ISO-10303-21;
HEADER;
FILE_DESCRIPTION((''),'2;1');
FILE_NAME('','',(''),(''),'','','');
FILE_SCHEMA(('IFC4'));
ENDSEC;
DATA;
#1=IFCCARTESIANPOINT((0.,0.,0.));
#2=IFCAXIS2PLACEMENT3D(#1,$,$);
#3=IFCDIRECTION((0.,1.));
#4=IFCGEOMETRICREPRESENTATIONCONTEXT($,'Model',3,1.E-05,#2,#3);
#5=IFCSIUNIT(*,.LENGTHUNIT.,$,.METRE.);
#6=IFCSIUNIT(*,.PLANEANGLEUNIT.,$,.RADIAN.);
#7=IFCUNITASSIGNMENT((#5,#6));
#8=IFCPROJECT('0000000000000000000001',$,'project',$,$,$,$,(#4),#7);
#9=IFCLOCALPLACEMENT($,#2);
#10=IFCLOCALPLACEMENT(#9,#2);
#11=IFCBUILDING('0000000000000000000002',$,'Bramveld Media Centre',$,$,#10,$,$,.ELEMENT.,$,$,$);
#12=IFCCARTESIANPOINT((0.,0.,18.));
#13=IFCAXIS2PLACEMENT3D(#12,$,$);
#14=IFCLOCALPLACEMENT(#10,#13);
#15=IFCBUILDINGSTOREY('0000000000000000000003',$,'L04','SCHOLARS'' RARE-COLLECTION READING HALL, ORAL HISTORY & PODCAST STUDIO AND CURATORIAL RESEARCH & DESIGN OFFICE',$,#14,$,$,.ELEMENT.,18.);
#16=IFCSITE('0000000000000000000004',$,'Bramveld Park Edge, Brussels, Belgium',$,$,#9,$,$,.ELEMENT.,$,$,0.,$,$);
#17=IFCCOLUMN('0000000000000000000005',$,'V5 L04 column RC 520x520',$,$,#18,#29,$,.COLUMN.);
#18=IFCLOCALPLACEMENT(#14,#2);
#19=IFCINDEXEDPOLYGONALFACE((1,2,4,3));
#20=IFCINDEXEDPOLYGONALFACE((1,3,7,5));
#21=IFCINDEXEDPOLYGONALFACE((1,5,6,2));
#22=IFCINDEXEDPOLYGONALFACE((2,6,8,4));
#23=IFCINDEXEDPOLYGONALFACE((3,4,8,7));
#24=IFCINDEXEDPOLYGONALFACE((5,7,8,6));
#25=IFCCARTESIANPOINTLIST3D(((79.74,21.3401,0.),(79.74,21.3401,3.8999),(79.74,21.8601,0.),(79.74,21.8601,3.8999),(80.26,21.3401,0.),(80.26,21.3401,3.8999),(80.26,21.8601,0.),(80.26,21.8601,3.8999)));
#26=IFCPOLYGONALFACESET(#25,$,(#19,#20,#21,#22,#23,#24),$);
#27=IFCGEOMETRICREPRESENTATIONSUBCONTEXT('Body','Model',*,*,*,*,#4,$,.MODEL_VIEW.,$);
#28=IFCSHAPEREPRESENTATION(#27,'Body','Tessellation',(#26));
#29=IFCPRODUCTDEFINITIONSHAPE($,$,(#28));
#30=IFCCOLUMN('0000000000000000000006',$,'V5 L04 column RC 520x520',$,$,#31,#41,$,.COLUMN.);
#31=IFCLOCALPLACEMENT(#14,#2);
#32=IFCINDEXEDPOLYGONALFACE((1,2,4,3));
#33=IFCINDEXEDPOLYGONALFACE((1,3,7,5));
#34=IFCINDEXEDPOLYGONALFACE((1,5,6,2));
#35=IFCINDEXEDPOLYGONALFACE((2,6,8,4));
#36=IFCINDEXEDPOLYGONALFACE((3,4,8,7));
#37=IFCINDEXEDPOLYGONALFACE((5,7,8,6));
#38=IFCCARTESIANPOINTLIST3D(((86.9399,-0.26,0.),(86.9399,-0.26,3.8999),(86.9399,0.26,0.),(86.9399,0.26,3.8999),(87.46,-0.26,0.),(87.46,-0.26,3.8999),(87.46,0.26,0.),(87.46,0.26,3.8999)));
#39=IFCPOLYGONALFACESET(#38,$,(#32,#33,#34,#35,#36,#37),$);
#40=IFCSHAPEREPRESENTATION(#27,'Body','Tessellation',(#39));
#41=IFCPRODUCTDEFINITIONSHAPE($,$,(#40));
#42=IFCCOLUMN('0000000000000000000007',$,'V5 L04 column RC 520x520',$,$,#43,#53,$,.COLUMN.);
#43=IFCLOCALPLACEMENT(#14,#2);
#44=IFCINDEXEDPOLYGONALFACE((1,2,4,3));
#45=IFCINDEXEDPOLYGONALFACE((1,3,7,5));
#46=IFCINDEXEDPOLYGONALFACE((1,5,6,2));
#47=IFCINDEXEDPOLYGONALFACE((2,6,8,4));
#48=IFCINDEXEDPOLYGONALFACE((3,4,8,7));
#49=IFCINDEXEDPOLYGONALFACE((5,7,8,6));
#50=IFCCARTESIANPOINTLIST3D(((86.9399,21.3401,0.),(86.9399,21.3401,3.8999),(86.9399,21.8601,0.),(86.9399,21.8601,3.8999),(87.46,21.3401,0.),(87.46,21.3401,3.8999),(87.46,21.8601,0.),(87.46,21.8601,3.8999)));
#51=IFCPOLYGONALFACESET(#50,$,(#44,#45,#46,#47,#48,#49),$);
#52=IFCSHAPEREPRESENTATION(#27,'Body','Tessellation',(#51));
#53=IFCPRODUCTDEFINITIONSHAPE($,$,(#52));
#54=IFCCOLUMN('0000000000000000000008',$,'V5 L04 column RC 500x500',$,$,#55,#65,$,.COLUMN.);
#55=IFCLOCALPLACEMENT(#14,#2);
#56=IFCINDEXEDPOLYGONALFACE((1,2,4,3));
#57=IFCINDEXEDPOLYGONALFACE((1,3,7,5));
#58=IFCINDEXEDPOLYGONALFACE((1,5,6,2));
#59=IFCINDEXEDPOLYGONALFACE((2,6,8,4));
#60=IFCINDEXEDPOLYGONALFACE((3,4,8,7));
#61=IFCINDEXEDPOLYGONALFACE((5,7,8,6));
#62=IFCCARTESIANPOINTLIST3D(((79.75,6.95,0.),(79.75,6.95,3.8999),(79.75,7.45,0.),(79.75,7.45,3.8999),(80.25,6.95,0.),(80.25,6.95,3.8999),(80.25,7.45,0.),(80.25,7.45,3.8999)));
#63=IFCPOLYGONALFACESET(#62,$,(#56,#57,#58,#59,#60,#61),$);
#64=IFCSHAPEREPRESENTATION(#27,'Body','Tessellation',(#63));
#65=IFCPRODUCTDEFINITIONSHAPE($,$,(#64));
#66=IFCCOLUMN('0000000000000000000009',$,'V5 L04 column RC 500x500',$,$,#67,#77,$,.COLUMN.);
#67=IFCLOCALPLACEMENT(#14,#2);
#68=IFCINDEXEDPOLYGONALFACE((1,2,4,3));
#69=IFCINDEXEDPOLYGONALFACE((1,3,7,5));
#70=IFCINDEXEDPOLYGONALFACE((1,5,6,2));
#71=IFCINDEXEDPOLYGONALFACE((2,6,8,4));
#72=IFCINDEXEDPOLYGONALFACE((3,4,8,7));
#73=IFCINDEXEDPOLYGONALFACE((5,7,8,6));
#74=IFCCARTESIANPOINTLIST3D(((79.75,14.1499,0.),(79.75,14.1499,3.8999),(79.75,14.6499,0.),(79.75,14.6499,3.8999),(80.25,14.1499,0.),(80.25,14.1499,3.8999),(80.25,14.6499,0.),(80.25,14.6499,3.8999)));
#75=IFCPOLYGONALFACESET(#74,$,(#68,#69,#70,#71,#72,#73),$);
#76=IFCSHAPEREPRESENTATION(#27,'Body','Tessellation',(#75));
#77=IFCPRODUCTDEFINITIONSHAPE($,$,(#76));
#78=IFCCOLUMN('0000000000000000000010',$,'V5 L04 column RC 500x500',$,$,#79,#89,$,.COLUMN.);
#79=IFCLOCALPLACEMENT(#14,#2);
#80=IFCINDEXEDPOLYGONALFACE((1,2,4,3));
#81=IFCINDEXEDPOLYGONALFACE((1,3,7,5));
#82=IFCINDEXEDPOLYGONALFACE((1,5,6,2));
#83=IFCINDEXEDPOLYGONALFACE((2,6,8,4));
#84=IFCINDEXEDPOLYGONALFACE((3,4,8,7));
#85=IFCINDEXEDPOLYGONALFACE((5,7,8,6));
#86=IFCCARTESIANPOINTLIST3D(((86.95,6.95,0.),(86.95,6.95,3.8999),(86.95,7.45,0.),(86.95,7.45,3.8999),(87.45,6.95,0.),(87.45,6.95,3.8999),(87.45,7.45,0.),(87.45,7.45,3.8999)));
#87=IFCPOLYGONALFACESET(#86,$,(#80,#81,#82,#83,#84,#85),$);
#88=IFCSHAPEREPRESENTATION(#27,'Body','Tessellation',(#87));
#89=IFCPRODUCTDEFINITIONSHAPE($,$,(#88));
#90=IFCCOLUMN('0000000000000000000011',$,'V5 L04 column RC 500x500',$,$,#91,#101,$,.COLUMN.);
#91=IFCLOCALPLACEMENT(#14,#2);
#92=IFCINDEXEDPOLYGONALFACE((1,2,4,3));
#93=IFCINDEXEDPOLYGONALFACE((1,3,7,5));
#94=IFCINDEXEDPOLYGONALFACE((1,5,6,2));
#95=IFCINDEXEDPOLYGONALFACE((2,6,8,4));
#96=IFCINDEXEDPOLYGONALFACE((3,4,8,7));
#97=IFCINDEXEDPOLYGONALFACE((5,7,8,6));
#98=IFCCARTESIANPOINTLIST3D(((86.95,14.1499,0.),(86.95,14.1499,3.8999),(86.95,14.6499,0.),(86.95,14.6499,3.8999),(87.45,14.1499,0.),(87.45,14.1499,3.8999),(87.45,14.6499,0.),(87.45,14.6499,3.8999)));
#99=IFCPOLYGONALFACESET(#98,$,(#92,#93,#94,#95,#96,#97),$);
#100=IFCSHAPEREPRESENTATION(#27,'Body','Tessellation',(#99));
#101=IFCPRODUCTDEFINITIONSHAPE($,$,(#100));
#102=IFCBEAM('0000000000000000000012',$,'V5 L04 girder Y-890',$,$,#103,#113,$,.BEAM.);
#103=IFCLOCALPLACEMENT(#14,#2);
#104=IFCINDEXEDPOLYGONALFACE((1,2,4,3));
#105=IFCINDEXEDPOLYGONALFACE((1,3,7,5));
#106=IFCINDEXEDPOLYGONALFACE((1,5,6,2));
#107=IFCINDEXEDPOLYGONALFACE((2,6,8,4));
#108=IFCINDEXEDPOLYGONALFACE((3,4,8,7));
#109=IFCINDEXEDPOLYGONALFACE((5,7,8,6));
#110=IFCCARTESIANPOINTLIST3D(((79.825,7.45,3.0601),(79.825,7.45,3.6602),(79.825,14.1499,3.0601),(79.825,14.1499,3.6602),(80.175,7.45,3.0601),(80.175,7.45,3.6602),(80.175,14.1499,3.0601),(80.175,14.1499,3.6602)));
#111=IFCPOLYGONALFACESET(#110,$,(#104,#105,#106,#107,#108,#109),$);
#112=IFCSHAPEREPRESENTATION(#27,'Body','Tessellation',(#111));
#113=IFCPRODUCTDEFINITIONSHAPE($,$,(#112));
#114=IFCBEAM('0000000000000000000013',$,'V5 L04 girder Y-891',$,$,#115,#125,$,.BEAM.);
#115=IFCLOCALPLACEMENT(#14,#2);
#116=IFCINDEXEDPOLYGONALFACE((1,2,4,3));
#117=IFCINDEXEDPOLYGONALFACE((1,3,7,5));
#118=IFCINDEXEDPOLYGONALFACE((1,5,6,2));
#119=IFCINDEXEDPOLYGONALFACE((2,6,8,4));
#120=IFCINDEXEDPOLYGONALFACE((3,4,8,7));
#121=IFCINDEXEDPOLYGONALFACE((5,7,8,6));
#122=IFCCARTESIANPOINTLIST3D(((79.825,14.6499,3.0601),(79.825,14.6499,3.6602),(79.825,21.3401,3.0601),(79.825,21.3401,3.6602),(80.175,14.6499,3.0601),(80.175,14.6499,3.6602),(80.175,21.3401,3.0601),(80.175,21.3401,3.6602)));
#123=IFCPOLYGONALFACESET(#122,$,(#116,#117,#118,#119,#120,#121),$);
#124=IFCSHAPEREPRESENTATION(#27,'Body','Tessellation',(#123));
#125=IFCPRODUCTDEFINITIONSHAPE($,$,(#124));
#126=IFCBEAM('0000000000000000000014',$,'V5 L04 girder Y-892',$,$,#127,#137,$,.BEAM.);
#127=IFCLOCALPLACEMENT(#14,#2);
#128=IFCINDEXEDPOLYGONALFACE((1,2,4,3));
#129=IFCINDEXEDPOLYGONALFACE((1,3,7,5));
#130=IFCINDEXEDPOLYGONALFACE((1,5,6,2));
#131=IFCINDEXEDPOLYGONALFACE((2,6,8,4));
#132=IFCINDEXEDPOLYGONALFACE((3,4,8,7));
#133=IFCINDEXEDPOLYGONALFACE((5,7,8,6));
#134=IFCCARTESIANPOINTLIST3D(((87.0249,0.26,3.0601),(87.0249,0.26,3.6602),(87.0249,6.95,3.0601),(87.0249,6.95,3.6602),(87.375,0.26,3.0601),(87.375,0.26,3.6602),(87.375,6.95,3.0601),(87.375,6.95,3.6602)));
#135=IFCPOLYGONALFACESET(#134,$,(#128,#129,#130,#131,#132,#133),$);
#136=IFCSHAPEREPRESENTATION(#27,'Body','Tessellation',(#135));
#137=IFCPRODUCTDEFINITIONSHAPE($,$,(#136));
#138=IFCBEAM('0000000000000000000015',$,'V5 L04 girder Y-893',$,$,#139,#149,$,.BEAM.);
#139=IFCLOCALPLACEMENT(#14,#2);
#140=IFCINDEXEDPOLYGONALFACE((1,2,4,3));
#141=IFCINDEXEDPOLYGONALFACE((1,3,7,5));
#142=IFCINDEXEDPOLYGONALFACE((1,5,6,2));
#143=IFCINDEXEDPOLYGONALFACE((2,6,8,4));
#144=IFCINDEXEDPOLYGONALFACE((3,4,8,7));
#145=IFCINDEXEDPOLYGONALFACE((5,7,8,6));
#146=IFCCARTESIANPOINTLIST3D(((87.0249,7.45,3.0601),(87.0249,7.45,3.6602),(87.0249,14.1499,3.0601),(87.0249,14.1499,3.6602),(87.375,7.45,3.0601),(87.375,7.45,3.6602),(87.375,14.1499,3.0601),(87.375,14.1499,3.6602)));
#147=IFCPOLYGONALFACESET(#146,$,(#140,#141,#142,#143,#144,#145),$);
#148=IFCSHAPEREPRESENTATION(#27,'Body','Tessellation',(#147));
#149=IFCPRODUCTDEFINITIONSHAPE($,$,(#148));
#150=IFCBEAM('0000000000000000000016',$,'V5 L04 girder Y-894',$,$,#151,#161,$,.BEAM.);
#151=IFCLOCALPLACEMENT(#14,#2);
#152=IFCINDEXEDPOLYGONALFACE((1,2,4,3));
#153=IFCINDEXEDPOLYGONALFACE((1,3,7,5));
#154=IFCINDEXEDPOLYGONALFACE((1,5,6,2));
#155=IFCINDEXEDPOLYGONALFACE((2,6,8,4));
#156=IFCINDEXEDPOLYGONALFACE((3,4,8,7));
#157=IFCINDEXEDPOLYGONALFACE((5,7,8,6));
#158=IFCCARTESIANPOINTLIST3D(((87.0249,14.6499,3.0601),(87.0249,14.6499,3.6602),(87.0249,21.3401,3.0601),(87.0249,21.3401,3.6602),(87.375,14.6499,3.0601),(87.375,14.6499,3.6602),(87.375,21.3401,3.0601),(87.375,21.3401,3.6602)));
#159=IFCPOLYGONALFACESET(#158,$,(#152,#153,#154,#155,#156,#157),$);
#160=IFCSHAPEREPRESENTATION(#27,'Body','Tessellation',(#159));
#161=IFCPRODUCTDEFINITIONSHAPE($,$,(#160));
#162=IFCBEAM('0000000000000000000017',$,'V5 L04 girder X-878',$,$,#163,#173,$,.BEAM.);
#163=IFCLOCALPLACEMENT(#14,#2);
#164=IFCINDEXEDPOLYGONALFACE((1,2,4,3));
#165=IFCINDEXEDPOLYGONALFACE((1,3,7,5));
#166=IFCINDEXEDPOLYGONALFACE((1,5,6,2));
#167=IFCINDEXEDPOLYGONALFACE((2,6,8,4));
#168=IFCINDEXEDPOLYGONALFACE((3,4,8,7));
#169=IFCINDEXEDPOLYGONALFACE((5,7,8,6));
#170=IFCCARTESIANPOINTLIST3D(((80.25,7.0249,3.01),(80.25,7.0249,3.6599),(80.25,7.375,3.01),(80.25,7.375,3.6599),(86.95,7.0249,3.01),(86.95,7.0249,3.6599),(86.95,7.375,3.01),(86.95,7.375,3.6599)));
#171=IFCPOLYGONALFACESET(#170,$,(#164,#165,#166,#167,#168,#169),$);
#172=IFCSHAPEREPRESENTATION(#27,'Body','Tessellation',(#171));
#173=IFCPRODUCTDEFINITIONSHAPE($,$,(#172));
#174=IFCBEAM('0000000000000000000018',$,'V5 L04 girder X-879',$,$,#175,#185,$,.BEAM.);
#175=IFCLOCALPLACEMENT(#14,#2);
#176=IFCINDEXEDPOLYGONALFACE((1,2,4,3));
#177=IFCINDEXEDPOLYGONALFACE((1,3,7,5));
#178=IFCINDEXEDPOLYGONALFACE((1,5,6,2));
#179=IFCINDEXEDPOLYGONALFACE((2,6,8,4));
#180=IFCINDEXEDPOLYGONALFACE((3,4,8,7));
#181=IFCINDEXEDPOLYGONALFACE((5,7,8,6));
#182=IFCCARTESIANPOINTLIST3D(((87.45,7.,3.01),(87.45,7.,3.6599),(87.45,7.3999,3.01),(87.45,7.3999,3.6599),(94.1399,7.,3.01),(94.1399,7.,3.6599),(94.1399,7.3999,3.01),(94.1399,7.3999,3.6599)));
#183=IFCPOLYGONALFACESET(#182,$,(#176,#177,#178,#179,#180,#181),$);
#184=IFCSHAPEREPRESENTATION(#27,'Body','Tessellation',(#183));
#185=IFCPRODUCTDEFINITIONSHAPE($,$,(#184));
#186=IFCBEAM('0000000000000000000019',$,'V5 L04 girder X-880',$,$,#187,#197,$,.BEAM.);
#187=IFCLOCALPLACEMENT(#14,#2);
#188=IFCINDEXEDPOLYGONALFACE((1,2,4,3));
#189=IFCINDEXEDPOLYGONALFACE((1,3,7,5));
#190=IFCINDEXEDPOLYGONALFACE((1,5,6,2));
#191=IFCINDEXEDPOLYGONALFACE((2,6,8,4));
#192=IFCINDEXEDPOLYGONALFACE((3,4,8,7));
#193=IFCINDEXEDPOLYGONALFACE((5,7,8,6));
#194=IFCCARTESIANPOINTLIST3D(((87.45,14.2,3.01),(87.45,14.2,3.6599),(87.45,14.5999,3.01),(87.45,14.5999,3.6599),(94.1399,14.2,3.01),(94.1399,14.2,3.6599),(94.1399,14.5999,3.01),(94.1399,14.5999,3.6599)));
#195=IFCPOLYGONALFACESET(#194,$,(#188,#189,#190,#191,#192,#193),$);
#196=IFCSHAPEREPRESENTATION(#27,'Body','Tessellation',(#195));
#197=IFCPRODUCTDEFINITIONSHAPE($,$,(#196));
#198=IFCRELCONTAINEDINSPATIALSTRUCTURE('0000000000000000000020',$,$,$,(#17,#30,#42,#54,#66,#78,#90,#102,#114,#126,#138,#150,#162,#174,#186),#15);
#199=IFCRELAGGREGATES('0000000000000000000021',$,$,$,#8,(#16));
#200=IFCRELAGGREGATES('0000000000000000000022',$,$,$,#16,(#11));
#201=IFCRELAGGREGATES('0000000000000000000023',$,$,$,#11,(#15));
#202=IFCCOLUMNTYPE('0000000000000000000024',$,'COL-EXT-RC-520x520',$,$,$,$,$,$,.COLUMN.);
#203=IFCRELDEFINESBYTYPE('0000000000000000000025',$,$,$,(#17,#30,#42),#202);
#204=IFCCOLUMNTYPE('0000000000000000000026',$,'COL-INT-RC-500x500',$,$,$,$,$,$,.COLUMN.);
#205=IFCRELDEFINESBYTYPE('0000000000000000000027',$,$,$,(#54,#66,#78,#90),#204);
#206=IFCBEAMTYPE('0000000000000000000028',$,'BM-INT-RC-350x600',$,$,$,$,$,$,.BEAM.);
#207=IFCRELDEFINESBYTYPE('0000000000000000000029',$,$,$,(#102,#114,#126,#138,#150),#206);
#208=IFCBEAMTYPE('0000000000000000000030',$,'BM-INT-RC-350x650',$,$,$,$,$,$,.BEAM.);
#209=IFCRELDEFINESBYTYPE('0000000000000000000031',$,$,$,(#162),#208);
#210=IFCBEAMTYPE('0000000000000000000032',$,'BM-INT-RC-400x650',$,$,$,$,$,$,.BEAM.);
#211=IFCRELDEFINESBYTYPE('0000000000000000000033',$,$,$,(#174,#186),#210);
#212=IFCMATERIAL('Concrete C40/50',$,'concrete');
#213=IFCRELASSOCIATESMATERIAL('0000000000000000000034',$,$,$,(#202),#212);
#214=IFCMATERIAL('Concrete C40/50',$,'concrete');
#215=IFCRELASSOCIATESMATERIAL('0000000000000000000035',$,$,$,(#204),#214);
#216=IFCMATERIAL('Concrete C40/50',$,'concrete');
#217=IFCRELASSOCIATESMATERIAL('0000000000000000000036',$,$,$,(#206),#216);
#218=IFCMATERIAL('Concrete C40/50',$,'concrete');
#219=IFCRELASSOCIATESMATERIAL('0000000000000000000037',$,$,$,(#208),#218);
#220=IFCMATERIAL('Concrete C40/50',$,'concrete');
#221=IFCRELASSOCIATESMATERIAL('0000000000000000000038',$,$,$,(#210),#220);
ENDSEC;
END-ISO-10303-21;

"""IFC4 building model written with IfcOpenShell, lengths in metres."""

from ifc_helpers import new_model, si_unit, direction, frame, origin, origin_2d, place, context, subcontext, project, spatial, rectangle, extrude, material, material_profile, profile_set, type_object, element, save


model = new_model("IFC4")

# Units and contexts
model_context = context("Model", 3, precision=1e-05, world=origin(), true_north=direction((0.0, 1.0)))
body_context = subcontext(model_context, "Body", "Model", "MODEL_VIEW")
ifc_project = project(units=[si_unit("LENGTHUNIT", "METRE"), si_unit("PLANEANGLEUNIT", "RADIAN")], contexts=[model_context])

# Site, building, storey
site_placement = place(None, origin())
site = spatial("IfcSite", under=ifc_project, at=site_placement, Name="Bramveld Park Edge, Brussels, Belgium", CompositionType="ELEMENT", RefElevation=0.0)
building_placement = place(site_placement, origin())
building = spatial("IfcBuilding", under=site, at=building_placement, Name="Bramveld Media Centre", CompositionType="ELEMENT")
storey_placement = place(building_placement, frame((0.0, 0.0, 18.0)))
storey = spatial("IfcBuildingStorey", under=building, at=storey_placement, Name="L04", Description="SCHOLARS' RARE-COLLECTION READING HALL, ORAL HISTORY & PODCAST STUDIO AND CURATORIAL RESEARCH & DESIGN OFFICE", CompositionType="ELEMENT", Elevation=18.0)

# Columns
ifc_material_1 = material(Name="Concrete C40/50", Category="concrete")
ifc_material_profile_1 = material_profile(ifc_material_1, rectangle(XDim=0.52, YDim=0.52, at=origin_2d()), Name="RC 520x520")
ifc_profile_set_1 = profile_set([ifc_material_profile_1], Name="Concrete C40/50")
column_type_1 = type_object("IfcColumnType", Name="COL-EXT-RC-520x520", PredefinedType="COLUMN", material=ifc_profile_set_1)
for number, where, z_axis, x_axis, name in (
    (1, (80.0, 21.6001, 0.0), (0.0, 0.0, 1.0), (1.0, 0.0, 0.0), "V5 L04 column RC 520x520"),
    (2, (87.2, 0.0, 0.0), (0.0, 0.0, 1.0), (1.0, 0.0, 0.0), "V5 L04 column RC 520x520"),
    (3, (87.2, 21.6001, 0.0), (0.0, 0.0, 1.0), (1.0, 0.0, 0.0), "V5 L04 column RC 520x520"),
):
    element("IfcColumn", number, at=place(storey_placement, frame(where, z_axis=z_axis, x_axis=x_axis)), inside=storey, type_object=column_type_1, Name=name, PredefinedType="COLUMN", context=body_context, shape_type="SweptSolid", body=[
        extrude(rectangle(XDim=0.52, YDim=0.52, at=origin_2d()), origin(), (0.0, 0.0, 1.0), 3.8999),
    ])
ifc_material_2 = material(Name="Concrete C40/50", Category="concrete")
ifc_material_profile_2 = material_profile(ifc_material_2, rectangle(XDim=0.5, YDim=0.5, at=origin_2d()), Name="RC 500x500")
ifc_profile_set_2 = profile_set([ifc_material_profile_2], Name="Concrete C40/50")
column_type_2 = type_object("IfcColumnType", Name="COL-INT-RC-500x500", PredefinedType="COLUMN", material=ifc_profile_set_2)
for number, where, z_axis, x_axis, name in (
    (4, (80.0, 7.2, 0.0), (0.0, 0.0, 1.0), (1.0, 0.0, 0.0), "V5 L04 column RC 500x500"),
    (5, (80.0, 14.3999, 0.0), (0.0, 0.0, 1.0), (1.0, 0.0, 0.0), "V5 L04 column RC 500x500"),
    (6, (87.2, 7.2, 0.0), (0.0, 0.0, 1.0), (1.0, 0.0, 0.0), "V5 L04 column RC 500x500"),
    (7, (87.2, 14.3999, 0.0), (0.0, 0.0, 1.0), (1.0, 0.0, 0.0), "V5 L04 column RC 500x500"),
):
    element("IfcColumn", number, at=place(storey_placement, frame(where, z_axis=z_axis, x_axis=x_axis)), inside=storey, type_object=column_type_2, Name=name, PredefinedType="COLUMN", context=body_context, shape_type="SweptSolid", body=[
        extrude(rectangle(XDim=0.5, YDim=0.5, at=origin_2d()), origin(), (0.0, 0.0, 1.0), 3.8999),
    ])

# Beams
ifc_material_3 = material(Name="Concrete C40/50", Category="concrete")
ifc_material_profile_3 = material_profile(ifc_material_3, rectangle(XDim=0.3501, YDim=0.6001, at=origin_2d()), Name="RC 350x600")
ifc_profile_set_3 = profile_set([ifc_material_profile_3], Name="Concrete C40/50")
beam_type_1 = type_object("IfcBeamType", Name="BM-INT-RC-350x600", PredefinedType="BEAM", material=ifc_profile_set_3)
beam_1_placement = place(storey_placement, frame((80.0, 7.45, 3.3601), z_axis=(0.0, 1.0, 0.0), x_axis=(-1.0, 0.0, 0.0)))
element("IfcBeam", 8, at=beam_1_placement, inside=storey, type_object=beam_type_1, Name="V5 L04 girder Y-890", PredefinedType="BEAM", context=body_context, shape_type="SweptSolid", body=[
    extrude(rectangle(XDim=0.3501, YDim=0.6001, at=origin_2d()), origin(), (0.0, 0.0, 1.0), 6.7),
])
beam_2_placement = place(storey_placement, frame((80.0, 14.6499, 3.3601), z_axis=(0.0, 1.0, 0.0), x_axis=(-1.0, 0.0, 0.0)))
element("IfcBeam", 9, at=beam_2_placement, inside=storey, type_object=beam_type_1, Name="V5 L04 girder Y-891", PredefinedType="BEAM", context=body_context, shape_type="SweptSolid", body=[
    extrude(rectangle(XDim=0.3501, YDim=0.6001, at=origin_2d()), origin(), (0.0, 0.0, 1.0), 6.6902),
])
beam_3_placement = place(storey_placement, frame((87.2, 0.26, 3.3601), z_axis=(0.0, 1.0, 0.0), x_axis=(-1.0, 0.0, 0.0)))
element("IfcBeam", 10, at=beam_3_placement, inside=storey, type_object=beam_type_1, Name="V5 L04 girder Y-892", PredefinedType="BEAM", context=body_context, shape_type="SweptSolid", body=[
    extrude(rectangle(XDim=0.3501, YDim=0.6001, at=origin_2d()), origin(), (0.0, 0.0, 1.0), 6.6899),
])
beam_4_placement = place(storey_placement, frame((87.2, 7.45, 3.3601), z_axis=(0.0, 1.0, 0.0), x_axis=(-1.0, 0.0, 0.0)))
element("IfcBeam", 11, at=beam_4_placement, inside=storey, type_object=beam_type_1, Name="V5 L04 girder Y-893", PredefinedType="BEAM", context=body_context, shape_type="SweptSolid", body=[
    extrude(rectangle(XDim=0.3501, YDim=0.6001, at=origin_2d()), origin(), (0.0, 0.0, 1.0), 6.7),
])
beam_5_placement = place(storey_placement, frame((87.2, 14.6499, 3.3601), z_axis=(0.0, 1.0, 0.0), x_axis=(-1.0, 0.0, 0.0)))
element("IfcBeam", 12, at=beam_5_placement, inside=storey, type_object=beam_type_1, Name="V5 L04 girder Y-894", PredefinedType="BEAM", context=body_context, shape_type="SweptSolid", body=[
    extrude(rectangle(XDim=0.3501, YDim=0.6001, at=origin_2d()), origin(), (0.0, 0.0, 1.0), 6.6902),
])
ifc_material_4 = material(Name="Concrete C40/50", Category="concrete")
ifc_material_profile_4 = material_profile(ifc_material_4, rectangle(XDim=0.3501, YDim=0.6499, at=origin_2d()), Name="RC 350x650")
ifc_profile_set_4 = profile_set([ifc_material_profile_4], Name="Concrete C40/50")
beam_type_2 = type_object("IfcBeamType", Name="BM-INT-RC-350x650", PredefinedType="BEAM", material=ifc_profile_set_4)
beam_6_placement = place(storey_placement, frame((80.25, 7.2, 3.335), z_axis=(1.0, 0.0, 0.0), x_axis=(0.0, 1.0, 0.0)))
element("IfcBeam", 13, at=beam_6_placement, inside=storey, type_object=beam_type_2, Name="V5 L04 girder X-878", PredefinedType="BEAM", context=body_context, shape_type="SweptSolid", body=[
    extrude(rectangle(XDim=0.3501, YDim=0.6499, at=origin_2d()), origin(), (0.0, 0.0, 1.0), 6.7),
])
ifc_material_5 = material(Name="Concrete C40/50", Category="concrete")
ifc_material_profile_5 = material_profile(ifc_material_5, rectangle(XDim=0.3999, YDim=0.6499, at=origin_2d()), Name="RC 400x650")
ifc_profile_set_5 = profile_set([ifc_material_profile_5], Name="Concrete C40/50")
beam_type_3 = type_object("IfcBeamType", Name="BM-INT-RC-400x650", PredefinedType="BEAM", material=ifc_profile_set_5)
for number, where, z_axis, x_axis, name in (
    (14, (87.45, 7.2, 3.335), (1.0, 0.0, 0.0), (0.0, 1.0, 0.0), "V5 L04 girder X-879"),
    (15, (87.45, 14.3999, 3.335), (1.0, 0.0, 0.0), (0.0, 1.0, 0.0), "V5 L04 girder X-880"),
):
    element("IfcBeam", number, at=place(storey_placement, frame(where, z_axis=z_axis, x_axis=x_axis)), inside=storey, type_object=beam_type_3, Name=name, PredefinedType="BEAM", context=body_context, shape_type="SweptSolid", body=[
        extrude(rectangle(XDim=0.3999, YDim=0.6499, at=origin_2d()), origin(), (0.0, 0.0, 1.0), 6.6899),
    ])

save(model, "model.ifc")
